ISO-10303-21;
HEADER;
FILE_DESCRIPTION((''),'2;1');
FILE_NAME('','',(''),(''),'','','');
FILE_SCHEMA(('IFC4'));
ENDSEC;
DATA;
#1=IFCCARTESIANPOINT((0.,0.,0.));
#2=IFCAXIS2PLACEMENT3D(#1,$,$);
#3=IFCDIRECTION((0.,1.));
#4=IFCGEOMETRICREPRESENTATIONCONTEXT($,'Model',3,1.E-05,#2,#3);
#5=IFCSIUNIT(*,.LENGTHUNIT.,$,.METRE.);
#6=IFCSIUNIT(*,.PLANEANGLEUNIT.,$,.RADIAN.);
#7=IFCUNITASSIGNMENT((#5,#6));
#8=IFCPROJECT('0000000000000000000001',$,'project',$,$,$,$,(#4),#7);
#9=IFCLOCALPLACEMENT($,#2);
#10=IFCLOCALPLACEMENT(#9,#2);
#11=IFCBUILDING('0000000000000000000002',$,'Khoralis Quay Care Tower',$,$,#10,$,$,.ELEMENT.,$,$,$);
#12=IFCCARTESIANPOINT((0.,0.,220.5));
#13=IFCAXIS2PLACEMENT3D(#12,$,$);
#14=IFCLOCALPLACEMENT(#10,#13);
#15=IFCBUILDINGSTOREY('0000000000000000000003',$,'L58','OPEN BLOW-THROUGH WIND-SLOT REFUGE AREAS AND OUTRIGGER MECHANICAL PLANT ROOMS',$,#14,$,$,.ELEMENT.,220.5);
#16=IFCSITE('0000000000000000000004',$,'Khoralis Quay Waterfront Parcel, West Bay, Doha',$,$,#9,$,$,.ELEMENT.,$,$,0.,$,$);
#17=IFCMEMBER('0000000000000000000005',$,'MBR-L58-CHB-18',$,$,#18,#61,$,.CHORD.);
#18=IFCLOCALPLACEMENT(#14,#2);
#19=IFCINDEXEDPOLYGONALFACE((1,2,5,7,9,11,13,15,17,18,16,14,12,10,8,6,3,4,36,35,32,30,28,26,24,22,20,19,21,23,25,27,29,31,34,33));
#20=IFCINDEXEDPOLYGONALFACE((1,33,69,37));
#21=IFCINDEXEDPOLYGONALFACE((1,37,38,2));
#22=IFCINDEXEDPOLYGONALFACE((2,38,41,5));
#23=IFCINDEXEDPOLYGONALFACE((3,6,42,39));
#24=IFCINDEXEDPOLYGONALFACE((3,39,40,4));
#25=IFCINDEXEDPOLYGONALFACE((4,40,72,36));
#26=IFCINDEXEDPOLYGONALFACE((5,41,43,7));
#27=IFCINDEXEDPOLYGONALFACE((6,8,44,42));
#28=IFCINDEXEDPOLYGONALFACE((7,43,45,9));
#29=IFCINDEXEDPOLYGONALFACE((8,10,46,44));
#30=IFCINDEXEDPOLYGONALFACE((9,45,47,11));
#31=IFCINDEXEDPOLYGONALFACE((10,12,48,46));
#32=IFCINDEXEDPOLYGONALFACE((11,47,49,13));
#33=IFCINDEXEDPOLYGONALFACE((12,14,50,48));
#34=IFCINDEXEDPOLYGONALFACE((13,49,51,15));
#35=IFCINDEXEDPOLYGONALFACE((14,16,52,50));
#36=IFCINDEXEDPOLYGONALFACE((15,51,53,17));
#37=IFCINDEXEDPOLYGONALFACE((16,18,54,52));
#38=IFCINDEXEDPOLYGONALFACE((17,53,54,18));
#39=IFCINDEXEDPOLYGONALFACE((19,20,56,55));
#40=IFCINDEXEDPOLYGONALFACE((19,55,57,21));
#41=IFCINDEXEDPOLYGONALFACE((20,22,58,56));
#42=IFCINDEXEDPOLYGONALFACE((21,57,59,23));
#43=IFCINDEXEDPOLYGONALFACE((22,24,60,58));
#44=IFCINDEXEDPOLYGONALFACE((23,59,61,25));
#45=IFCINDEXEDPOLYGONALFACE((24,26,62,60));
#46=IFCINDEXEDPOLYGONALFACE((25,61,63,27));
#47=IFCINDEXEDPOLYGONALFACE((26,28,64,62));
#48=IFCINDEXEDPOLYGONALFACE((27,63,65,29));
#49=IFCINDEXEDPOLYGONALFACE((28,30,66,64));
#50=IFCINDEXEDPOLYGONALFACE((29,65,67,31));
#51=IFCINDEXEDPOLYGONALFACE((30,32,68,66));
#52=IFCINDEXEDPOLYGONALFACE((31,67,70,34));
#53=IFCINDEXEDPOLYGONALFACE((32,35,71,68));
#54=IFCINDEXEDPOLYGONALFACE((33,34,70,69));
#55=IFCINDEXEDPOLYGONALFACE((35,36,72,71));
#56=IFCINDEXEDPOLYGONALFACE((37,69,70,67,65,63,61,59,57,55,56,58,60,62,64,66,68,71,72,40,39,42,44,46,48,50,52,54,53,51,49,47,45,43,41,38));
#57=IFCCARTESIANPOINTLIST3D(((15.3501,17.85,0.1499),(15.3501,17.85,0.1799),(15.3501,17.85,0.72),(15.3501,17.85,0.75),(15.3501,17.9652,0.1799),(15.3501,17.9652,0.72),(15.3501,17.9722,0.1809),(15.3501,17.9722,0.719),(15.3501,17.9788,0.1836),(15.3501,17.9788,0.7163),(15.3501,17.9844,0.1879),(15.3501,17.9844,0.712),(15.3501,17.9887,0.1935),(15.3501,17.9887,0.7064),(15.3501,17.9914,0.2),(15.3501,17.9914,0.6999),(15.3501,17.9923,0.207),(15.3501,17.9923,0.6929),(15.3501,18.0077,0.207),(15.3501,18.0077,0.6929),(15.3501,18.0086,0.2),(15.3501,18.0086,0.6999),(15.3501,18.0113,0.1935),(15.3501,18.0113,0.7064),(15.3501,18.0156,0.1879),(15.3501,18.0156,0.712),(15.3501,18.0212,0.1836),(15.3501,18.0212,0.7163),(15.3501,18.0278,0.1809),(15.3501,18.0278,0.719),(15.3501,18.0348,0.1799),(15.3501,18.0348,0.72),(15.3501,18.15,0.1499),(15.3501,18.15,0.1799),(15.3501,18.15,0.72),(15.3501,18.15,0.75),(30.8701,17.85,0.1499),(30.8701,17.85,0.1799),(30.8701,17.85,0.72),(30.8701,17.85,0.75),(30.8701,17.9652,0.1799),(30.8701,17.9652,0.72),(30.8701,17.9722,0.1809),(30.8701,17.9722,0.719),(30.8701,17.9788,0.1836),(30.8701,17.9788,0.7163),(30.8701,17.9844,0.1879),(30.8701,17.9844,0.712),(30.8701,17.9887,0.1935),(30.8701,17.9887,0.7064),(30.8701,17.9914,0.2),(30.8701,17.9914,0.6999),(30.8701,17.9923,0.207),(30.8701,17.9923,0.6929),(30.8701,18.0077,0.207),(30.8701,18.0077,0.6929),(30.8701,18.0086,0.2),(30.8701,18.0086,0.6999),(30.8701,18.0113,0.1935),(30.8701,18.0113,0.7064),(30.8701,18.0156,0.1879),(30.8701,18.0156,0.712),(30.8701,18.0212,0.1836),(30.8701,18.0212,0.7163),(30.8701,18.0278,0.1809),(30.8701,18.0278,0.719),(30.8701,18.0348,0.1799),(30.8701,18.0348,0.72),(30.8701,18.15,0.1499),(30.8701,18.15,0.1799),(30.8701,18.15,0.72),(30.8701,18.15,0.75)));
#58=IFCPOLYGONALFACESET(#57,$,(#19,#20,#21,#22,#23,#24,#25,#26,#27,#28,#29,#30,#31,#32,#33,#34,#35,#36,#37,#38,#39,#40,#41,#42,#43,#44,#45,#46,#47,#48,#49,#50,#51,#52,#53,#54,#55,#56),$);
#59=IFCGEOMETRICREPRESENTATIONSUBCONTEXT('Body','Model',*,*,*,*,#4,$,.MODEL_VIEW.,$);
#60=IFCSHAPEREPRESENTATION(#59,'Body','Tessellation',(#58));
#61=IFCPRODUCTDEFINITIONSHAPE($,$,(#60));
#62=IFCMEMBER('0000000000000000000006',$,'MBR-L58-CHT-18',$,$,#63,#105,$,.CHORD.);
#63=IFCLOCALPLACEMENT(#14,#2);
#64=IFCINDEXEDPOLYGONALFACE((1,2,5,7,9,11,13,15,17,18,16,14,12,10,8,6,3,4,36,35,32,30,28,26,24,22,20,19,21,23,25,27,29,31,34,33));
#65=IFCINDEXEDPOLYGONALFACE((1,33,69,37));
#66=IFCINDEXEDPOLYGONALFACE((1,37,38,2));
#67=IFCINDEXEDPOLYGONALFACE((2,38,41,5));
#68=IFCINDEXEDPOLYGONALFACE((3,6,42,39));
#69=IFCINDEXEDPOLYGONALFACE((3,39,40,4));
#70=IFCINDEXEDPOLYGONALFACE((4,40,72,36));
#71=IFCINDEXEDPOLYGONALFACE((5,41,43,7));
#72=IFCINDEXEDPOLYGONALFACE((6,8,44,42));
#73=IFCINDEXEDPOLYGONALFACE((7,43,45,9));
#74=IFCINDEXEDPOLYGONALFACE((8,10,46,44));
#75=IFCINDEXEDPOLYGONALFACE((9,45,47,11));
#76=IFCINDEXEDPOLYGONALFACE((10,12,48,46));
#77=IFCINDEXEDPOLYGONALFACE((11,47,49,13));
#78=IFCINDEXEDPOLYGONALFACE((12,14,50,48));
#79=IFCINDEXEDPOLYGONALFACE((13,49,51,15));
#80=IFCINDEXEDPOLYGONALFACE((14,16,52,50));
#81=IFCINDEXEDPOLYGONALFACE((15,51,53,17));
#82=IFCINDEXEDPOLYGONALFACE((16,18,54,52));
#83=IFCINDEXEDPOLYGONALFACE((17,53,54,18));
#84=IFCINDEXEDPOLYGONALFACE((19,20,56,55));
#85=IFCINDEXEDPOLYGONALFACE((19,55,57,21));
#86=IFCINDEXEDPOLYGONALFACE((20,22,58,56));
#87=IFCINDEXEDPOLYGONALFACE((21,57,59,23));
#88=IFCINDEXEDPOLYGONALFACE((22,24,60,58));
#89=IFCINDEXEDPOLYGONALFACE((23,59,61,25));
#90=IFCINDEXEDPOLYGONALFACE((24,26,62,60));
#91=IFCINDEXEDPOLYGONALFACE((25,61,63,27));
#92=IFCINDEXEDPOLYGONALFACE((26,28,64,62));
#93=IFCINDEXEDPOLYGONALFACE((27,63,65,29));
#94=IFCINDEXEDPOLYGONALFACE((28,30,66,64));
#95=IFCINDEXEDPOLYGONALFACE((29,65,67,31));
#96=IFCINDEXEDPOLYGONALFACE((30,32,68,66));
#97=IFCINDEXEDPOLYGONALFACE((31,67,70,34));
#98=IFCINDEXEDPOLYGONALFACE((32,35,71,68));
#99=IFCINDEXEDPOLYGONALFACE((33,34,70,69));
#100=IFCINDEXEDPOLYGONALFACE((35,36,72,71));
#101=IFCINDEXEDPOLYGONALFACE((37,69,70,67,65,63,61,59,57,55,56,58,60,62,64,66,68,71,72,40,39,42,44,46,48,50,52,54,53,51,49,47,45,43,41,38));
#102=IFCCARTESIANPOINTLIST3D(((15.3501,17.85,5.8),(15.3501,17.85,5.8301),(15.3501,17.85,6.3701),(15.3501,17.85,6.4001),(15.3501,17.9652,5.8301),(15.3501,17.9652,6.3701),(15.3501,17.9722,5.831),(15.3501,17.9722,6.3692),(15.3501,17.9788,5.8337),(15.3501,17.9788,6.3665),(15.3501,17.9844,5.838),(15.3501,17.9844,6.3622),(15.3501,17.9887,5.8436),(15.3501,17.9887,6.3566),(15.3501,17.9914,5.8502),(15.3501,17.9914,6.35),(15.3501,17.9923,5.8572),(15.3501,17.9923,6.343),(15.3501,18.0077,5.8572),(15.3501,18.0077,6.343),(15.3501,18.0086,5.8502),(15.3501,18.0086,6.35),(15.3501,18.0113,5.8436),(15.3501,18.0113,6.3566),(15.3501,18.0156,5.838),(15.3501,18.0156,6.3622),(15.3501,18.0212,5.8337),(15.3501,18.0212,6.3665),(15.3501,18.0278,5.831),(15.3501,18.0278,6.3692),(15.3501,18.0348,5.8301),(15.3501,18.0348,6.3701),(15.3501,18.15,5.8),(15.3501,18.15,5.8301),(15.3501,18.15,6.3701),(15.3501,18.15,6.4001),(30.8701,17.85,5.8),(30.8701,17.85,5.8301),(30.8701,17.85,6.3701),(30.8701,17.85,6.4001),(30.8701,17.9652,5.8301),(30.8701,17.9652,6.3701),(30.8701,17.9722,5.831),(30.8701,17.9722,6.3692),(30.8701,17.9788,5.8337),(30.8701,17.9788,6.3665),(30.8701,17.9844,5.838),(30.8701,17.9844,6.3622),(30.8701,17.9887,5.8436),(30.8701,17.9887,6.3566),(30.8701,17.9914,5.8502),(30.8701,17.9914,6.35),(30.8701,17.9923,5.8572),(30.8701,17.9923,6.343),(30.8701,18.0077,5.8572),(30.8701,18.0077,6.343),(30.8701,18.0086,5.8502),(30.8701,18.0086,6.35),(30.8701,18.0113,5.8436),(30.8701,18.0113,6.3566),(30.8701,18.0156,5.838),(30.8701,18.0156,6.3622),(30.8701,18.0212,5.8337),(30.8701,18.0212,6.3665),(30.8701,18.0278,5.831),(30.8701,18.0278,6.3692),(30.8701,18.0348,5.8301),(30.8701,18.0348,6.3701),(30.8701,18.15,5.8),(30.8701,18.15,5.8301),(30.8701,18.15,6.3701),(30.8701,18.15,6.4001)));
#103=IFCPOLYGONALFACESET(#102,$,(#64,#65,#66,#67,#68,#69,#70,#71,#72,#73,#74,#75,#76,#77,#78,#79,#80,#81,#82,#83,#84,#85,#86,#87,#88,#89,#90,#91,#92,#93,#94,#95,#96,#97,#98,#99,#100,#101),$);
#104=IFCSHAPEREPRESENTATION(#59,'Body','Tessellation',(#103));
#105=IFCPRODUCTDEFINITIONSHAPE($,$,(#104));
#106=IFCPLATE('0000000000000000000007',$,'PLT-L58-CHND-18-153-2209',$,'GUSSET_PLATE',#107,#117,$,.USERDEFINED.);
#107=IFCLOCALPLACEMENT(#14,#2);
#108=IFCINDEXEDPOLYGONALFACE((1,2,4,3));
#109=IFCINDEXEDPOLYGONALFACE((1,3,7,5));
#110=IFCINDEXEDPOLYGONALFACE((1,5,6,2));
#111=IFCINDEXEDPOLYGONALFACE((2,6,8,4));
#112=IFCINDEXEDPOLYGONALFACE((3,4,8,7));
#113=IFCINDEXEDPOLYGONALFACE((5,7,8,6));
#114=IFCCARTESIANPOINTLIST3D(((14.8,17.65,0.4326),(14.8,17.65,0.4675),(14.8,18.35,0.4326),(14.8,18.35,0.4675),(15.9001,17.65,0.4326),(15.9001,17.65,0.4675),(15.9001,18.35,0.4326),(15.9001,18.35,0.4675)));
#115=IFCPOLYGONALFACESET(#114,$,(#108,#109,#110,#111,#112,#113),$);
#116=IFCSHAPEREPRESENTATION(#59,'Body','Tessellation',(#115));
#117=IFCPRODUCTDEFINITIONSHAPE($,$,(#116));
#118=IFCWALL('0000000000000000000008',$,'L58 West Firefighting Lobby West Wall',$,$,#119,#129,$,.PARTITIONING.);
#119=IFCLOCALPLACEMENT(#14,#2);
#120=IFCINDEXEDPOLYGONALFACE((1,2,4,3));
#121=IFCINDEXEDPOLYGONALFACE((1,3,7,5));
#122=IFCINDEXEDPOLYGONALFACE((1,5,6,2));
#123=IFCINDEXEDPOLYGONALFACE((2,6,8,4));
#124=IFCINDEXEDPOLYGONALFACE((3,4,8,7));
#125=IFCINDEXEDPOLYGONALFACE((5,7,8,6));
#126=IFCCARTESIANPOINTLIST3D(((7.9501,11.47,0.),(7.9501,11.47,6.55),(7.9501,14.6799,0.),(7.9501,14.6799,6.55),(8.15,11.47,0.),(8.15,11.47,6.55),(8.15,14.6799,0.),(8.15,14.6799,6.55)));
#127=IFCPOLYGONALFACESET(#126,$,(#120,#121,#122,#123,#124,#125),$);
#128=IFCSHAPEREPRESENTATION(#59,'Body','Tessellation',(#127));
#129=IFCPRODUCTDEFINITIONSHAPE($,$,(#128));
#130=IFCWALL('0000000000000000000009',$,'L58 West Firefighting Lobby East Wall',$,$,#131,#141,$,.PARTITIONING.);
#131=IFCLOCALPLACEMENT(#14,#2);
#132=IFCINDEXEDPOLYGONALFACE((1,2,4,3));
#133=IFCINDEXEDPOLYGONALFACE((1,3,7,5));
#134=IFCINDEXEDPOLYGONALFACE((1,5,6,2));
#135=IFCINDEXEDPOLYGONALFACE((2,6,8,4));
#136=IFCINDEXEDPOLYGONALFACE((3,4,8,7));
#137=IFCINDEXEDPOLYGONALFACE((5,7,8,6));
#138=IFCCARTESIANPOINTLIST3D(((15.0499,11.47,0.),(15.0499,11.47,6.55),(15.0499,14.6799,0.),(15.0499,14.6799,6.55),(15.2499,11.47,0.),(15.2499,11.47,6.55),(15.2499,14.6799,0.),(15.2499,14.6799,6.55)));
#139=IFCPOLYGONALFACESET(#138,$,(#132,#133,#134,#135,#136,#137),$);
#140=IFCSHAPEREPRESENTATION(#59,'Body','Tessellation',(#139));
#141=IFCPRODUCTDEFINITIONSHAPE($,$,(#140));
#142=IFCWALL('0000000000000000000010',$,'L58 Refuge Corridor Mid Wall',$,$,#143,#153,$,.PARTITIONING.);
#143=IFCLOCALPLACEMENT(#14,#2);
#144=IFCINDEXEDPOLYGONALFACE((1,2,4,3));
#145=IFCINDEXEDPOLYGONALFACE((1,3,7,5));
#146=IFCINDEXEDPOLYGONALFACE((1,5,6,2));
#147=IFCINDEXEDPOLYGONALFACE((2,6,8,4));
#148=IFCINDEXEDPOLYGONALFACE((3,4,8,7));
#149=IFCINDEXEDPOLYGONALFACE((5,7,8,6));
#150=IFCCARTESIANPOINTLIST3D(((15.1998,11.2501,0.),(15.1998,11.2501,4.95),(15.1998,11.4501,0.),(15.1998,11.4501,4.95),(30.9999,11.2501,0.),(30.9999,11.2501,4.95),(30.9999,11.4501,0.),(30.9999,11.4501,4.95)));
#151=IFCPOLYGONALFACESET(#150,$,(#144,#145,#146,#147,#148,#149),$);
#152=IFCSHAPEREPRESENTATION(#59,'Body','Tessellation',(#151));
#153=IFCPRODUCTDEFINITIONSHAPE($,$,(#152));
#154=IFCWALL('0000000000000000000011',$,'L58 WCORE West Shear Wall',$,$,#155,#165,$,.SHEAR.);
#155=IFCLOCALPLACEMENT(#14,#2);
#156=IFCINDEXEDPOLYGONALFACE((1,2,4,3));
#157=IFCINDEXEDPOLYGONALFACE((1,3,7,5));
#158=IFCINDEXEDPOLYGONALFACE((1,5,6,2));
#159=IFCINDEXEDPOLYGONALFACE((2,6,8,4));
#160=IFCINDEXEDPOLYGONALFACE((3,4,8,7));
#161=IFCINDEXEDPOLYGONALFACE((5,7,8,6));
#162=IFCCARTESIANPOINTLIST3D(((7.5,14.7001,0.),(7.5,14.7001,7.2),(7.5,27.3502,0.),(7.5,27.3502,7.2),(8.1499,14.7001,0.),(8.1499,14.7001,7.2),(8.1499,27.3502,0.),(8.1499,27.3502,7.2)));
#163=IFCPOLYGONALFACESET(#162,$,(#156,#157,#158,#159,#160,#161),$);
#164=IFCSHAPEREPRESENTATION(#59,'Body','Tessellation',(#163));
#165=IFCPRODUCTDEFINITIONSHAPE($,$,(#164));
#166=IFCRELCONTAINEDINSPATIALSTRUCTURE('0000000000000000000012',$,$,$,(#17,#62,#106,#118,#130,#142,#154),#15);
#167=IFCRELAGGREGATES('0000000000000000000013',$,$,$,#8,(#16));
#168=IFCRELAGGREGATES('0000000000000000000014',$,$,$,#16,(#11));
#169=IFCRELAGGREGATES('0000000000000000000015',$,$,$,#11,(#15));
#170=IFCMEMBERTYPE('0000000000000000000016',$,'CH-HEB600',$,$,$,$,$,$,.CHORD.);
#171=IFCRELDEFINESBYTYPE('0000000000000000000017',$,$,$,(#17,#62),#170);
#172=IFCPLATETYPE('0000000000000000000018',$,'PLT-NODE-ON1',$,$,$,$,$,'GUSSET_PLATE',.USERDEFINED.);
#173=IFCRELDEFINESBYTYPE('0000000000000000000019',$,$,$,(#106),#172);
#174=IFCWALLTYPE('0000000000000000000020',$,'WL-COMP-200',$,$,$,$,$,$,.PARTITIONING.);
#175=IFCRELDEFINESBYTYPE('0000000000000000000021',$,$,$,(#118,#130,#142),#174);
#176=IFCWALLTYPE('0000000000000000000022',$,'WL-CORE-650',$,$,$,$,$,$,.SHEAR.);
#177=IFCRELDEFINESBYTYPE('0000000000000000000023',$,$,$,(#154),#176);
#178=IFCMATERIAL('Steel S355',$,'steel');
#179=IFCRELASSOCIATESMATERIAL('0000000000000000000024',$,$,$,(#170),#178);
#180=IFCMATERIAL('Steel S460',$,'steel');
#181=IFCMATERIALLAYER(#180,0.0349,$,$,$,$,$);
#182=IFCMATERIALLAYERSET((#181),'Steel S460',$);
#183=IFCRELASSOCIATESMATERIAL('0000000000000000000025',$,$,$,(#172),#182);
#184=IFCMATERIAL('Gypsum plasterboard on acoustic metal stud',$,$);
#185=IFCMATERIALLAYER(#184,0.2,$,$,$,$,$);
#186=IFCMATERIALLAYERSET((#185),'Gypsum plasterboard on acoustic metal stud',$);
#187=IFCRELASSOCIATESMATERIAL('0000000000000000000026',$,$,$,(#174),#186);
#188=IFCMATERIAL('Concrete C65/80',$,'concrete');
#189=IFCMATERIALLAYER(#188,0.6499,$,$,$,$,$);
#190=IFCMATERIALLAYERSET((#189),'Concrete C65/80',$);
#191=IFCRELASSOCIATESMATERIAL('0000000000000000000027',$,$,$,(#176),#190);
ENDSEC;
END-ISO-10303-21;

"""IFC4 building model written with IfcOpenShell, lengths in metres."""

from ifc_helpers import new_model, si_unit, direction, frame, frame_2d, origin, origin_2d, place, context, subcontext, project, spatial, rectangle, i_section, extrude, source, transform, mapped, material, layer, layer_set, material_profile, profile_set, type_object, element, save


model = new_model("IFC4")

# Units and contexts
model_context = context("Model", 3, precision=1e-05, world=origin(), true_north=direction((0.0, 1.0)))
body_context = subcontext(model_context, "Body", "Model", "MODEL_VIEW")
ifc_project = project(units=[si_unit("LENGTHUNIT", "METRE"), si_unit("PLANEANGLEUNIT", "RADIAN")], contexts=[model_context])

# Site, building, storey
site_placement = place(None, origin())
site = spatial("IfcSite", under=ifc_project, at=site_placement, Name="Khoralis Quay Waterfront Parcel, West Bay, Doha", CompositionType="ELEMENT", RefElevation=0.0)
building_placement = place(site_placement, origin())
building = spatial("IfcBuilding", under=site, at=building_placement, Name="Khoralis Quay Care Tower", CompositionType="ELEMENT")
storey_placement = place(building_placement, frame((0.0, 0.0, 220.5)))
storey = spatial("IfcBuildingStorey", under=building, at=storey_placement, Name="L58", Description="OPEN BLOW-THROUGH WIND-SLOT REFUGE AREAS AND OUTRIGGER MECHANICAL PLANT ROOMS", CompositionType="ELEMENT", Elevation=220.5)

# Shared definitions
ifc_material_1 = material(Name="Concrete C65/80", Category="concrete")

# Shared definitions
ifc_material_2 = material(Name="Steel S355", Category="steel")

# Members
ifc_material_profile_1 = material_profile(ifc_material_2, i_section(OverallWidth=0.3, OverallDepth=0.6001, WebThickness=0.0154, FlangeThickness=0.03, FilletRadius=0.0271, at=origin_2d()), Name="Steel S355")
ifc_profile_set_1 = profile_set([ifc_material_profile_1], Name="Steel S355")
member_type = type_object("IfcMemberType", Name="CH-HEB600", PredefinedType="CHORD", material=ifc_profile_set_1)
shared_shape_1 = source(origin(), body_context, "Body", "SweptSolid", [
    extrude(i_section(OverallWidth=0.3, OverallDepth=0.6001, WebThickness=0.0154, FlangeThickness=0.03, FilletRadius=0.0271, at=origin_2d()), origin(), (0.0, 0.0, 1.0), 15.52),
])
for number, where, z_axis, x_axis, name in (
    (1, (15.3501, 18.0, 0.45), (1.0, 0.0, 0.0), (0.0, 1.0, 0.0), "MBR-L58-CHB-18"),
    (2, (15.3501, 18.0, 6.1001), (1.0, 0.0, 0.0), (0.0, 1.0, 0.0), "MBR-L58-CHT-18"),
):
    element("IfcMember", number, at=place(storey_placement, frame(where, z_axis=z_axis, x_axis=x_axis)), inside=storey, type_object=member_type, Name=name, PredefinedType="CHORD", context=body_context, shape_type="MappedRepresentation", body=[
        mapped(shared_shape_1, transform((0.0, 0.0, 0.0), scale=1.0)),
    ])

# Plate
ifc_material_3 = material(Name="Steel S460", Category="steel")
ifc_layer_1 = layer(ifc_material_3, 0.0349)
ifc_layer_set_1 = layer_set([ifc_layer_1], Name="Steel S460")
plate_type = type_object("IfcPlateType", Name="PLT-NODE-ON1", ElementType="GUSSET_PLATE", PredefinedType="USERDEFINED", material=ifc_layer_set_1)
shared_shape_2 = source(origin(), body_context, "Body", "SweptSolid", [
    extrude(rectangle(XDim=1.1001, YDim=0.7, at=origin_2d()), origin(), (0.0, 0.0, 1.0), 0.0349),
])
plate_placement = place(storey_placement, frame((15.3501, 18.0, 0.4326), z_axis=(0.0, 0.0, 1.0), x_axis=(1.0, 0.0, 0.0)))
element("IfcPlate", 3, at=plate_placement, inside=storey, type_object=plate_type, Name="PLT-L58-CHND-18-153-2209", ObjectType="GUSSET_PLATE", PredefinedType="USERDEFINED", context=body_context, shape_type="MappedRepresentation", body=[
    mapped(shared_shape_2, transform((0.0, 0.0, 0.0), scale=1.0)),
])

# Walls
ifc_material_4 = material(Name="Gypsum plasterboard on acoustic metal stud")
ifc_layer_2 = layer(ifc_material_4, 0.2)
ifc_layer_set_2 = layer_set([ifc_layer_2], Name="Gypsum plasterboard on acoustic metal stud")
wall_type_1 = type_object("IfcWallType", Name="WL-COMP-200", PredefinedType="PARTITIONING", material=ifc_layer_set_2)
for number, where, z_axis, x_axis, name in (
    (4, (8.05, 11.47, 0.0), (0.0, 0.0, 1.0), (0.0, 1.0, 0.0), "L58 West Firefighting Lobby West Wall"),
    (5, (15.1499, 11.47, 0.0), (0.0, 0.0, 1.0), (0.0, 1.0, 0.0), "L58 West Firefighting Lobby East Wall"),
):
    element("IfcWall", number, at=place(storey_placement, frame(where, z_axis=z_axis, x_axis=x_axis)), inside=storey, type_object=wall_type_1, Name=name, PredefinedType="PARTITIONING", context=body_context, shape_type="SweptSolid", body=[
        extrude(rectangle(XDim=3.21, YDim=0.2, at=frame_2d((1.605, 0.0))), origin(), (0.0, 0.0, 1.0), 6.55),
    ])
wall_1_placement = place(storey_placement, frame((15.2, 11.3501, 0.0), z_axis=(0.0, 0.0, 1.0), x_axis=(1.0, 0.0, 0.0)))
element("IfcWall", 6, at=wall_1_placement, inside=storey, type_object=wall_type_1, Name="L58 Refuge Corridor Mid Wall", PredefinedType="PARTITIONING", context=body_context, shape_type="SweptSolid", body=[
    extrude(rectangle(XDim=15.8, YDim=0.2, at=frame_2d((7.8999, 0.0))), origin(), (0.0, 0.0, 1.0), 4.95),
])
ifc_layer_3 = layer(ifc_material_1, 0.6499)
ifc_layer_set_3 = layer_set([ifc_layer_3], Name="Concrete C65/80")
wall_type_2 = type_object("IfcWallType", Name="WL-CORE-650", PredefinedType="SHEAR", material=ifc_layer_set_3)
wall_2_placement = place(storey_placement, frame((7.825, 14.7, 0.0), z_axis=(0.0, 0.0, 1.0), x_axis=(0.0, 1.0, 0.0)))
element("IfcWall", 7, at=wall_2_placement, inside=storey, type_object=wall_type_2, Name="L58 WCORE West Shear Wall", PredefinedType="SHEAR", context=body_context, shape_type="SweptSolid", body=[
    extrude(rectangle(XDim=12.6501, YDim=0.6499, at=frame_2d((6.3252, 0.0))), origin(), (0.0, 0.0, 1.0), 7.2),
])

save(model, "model.ifc")
